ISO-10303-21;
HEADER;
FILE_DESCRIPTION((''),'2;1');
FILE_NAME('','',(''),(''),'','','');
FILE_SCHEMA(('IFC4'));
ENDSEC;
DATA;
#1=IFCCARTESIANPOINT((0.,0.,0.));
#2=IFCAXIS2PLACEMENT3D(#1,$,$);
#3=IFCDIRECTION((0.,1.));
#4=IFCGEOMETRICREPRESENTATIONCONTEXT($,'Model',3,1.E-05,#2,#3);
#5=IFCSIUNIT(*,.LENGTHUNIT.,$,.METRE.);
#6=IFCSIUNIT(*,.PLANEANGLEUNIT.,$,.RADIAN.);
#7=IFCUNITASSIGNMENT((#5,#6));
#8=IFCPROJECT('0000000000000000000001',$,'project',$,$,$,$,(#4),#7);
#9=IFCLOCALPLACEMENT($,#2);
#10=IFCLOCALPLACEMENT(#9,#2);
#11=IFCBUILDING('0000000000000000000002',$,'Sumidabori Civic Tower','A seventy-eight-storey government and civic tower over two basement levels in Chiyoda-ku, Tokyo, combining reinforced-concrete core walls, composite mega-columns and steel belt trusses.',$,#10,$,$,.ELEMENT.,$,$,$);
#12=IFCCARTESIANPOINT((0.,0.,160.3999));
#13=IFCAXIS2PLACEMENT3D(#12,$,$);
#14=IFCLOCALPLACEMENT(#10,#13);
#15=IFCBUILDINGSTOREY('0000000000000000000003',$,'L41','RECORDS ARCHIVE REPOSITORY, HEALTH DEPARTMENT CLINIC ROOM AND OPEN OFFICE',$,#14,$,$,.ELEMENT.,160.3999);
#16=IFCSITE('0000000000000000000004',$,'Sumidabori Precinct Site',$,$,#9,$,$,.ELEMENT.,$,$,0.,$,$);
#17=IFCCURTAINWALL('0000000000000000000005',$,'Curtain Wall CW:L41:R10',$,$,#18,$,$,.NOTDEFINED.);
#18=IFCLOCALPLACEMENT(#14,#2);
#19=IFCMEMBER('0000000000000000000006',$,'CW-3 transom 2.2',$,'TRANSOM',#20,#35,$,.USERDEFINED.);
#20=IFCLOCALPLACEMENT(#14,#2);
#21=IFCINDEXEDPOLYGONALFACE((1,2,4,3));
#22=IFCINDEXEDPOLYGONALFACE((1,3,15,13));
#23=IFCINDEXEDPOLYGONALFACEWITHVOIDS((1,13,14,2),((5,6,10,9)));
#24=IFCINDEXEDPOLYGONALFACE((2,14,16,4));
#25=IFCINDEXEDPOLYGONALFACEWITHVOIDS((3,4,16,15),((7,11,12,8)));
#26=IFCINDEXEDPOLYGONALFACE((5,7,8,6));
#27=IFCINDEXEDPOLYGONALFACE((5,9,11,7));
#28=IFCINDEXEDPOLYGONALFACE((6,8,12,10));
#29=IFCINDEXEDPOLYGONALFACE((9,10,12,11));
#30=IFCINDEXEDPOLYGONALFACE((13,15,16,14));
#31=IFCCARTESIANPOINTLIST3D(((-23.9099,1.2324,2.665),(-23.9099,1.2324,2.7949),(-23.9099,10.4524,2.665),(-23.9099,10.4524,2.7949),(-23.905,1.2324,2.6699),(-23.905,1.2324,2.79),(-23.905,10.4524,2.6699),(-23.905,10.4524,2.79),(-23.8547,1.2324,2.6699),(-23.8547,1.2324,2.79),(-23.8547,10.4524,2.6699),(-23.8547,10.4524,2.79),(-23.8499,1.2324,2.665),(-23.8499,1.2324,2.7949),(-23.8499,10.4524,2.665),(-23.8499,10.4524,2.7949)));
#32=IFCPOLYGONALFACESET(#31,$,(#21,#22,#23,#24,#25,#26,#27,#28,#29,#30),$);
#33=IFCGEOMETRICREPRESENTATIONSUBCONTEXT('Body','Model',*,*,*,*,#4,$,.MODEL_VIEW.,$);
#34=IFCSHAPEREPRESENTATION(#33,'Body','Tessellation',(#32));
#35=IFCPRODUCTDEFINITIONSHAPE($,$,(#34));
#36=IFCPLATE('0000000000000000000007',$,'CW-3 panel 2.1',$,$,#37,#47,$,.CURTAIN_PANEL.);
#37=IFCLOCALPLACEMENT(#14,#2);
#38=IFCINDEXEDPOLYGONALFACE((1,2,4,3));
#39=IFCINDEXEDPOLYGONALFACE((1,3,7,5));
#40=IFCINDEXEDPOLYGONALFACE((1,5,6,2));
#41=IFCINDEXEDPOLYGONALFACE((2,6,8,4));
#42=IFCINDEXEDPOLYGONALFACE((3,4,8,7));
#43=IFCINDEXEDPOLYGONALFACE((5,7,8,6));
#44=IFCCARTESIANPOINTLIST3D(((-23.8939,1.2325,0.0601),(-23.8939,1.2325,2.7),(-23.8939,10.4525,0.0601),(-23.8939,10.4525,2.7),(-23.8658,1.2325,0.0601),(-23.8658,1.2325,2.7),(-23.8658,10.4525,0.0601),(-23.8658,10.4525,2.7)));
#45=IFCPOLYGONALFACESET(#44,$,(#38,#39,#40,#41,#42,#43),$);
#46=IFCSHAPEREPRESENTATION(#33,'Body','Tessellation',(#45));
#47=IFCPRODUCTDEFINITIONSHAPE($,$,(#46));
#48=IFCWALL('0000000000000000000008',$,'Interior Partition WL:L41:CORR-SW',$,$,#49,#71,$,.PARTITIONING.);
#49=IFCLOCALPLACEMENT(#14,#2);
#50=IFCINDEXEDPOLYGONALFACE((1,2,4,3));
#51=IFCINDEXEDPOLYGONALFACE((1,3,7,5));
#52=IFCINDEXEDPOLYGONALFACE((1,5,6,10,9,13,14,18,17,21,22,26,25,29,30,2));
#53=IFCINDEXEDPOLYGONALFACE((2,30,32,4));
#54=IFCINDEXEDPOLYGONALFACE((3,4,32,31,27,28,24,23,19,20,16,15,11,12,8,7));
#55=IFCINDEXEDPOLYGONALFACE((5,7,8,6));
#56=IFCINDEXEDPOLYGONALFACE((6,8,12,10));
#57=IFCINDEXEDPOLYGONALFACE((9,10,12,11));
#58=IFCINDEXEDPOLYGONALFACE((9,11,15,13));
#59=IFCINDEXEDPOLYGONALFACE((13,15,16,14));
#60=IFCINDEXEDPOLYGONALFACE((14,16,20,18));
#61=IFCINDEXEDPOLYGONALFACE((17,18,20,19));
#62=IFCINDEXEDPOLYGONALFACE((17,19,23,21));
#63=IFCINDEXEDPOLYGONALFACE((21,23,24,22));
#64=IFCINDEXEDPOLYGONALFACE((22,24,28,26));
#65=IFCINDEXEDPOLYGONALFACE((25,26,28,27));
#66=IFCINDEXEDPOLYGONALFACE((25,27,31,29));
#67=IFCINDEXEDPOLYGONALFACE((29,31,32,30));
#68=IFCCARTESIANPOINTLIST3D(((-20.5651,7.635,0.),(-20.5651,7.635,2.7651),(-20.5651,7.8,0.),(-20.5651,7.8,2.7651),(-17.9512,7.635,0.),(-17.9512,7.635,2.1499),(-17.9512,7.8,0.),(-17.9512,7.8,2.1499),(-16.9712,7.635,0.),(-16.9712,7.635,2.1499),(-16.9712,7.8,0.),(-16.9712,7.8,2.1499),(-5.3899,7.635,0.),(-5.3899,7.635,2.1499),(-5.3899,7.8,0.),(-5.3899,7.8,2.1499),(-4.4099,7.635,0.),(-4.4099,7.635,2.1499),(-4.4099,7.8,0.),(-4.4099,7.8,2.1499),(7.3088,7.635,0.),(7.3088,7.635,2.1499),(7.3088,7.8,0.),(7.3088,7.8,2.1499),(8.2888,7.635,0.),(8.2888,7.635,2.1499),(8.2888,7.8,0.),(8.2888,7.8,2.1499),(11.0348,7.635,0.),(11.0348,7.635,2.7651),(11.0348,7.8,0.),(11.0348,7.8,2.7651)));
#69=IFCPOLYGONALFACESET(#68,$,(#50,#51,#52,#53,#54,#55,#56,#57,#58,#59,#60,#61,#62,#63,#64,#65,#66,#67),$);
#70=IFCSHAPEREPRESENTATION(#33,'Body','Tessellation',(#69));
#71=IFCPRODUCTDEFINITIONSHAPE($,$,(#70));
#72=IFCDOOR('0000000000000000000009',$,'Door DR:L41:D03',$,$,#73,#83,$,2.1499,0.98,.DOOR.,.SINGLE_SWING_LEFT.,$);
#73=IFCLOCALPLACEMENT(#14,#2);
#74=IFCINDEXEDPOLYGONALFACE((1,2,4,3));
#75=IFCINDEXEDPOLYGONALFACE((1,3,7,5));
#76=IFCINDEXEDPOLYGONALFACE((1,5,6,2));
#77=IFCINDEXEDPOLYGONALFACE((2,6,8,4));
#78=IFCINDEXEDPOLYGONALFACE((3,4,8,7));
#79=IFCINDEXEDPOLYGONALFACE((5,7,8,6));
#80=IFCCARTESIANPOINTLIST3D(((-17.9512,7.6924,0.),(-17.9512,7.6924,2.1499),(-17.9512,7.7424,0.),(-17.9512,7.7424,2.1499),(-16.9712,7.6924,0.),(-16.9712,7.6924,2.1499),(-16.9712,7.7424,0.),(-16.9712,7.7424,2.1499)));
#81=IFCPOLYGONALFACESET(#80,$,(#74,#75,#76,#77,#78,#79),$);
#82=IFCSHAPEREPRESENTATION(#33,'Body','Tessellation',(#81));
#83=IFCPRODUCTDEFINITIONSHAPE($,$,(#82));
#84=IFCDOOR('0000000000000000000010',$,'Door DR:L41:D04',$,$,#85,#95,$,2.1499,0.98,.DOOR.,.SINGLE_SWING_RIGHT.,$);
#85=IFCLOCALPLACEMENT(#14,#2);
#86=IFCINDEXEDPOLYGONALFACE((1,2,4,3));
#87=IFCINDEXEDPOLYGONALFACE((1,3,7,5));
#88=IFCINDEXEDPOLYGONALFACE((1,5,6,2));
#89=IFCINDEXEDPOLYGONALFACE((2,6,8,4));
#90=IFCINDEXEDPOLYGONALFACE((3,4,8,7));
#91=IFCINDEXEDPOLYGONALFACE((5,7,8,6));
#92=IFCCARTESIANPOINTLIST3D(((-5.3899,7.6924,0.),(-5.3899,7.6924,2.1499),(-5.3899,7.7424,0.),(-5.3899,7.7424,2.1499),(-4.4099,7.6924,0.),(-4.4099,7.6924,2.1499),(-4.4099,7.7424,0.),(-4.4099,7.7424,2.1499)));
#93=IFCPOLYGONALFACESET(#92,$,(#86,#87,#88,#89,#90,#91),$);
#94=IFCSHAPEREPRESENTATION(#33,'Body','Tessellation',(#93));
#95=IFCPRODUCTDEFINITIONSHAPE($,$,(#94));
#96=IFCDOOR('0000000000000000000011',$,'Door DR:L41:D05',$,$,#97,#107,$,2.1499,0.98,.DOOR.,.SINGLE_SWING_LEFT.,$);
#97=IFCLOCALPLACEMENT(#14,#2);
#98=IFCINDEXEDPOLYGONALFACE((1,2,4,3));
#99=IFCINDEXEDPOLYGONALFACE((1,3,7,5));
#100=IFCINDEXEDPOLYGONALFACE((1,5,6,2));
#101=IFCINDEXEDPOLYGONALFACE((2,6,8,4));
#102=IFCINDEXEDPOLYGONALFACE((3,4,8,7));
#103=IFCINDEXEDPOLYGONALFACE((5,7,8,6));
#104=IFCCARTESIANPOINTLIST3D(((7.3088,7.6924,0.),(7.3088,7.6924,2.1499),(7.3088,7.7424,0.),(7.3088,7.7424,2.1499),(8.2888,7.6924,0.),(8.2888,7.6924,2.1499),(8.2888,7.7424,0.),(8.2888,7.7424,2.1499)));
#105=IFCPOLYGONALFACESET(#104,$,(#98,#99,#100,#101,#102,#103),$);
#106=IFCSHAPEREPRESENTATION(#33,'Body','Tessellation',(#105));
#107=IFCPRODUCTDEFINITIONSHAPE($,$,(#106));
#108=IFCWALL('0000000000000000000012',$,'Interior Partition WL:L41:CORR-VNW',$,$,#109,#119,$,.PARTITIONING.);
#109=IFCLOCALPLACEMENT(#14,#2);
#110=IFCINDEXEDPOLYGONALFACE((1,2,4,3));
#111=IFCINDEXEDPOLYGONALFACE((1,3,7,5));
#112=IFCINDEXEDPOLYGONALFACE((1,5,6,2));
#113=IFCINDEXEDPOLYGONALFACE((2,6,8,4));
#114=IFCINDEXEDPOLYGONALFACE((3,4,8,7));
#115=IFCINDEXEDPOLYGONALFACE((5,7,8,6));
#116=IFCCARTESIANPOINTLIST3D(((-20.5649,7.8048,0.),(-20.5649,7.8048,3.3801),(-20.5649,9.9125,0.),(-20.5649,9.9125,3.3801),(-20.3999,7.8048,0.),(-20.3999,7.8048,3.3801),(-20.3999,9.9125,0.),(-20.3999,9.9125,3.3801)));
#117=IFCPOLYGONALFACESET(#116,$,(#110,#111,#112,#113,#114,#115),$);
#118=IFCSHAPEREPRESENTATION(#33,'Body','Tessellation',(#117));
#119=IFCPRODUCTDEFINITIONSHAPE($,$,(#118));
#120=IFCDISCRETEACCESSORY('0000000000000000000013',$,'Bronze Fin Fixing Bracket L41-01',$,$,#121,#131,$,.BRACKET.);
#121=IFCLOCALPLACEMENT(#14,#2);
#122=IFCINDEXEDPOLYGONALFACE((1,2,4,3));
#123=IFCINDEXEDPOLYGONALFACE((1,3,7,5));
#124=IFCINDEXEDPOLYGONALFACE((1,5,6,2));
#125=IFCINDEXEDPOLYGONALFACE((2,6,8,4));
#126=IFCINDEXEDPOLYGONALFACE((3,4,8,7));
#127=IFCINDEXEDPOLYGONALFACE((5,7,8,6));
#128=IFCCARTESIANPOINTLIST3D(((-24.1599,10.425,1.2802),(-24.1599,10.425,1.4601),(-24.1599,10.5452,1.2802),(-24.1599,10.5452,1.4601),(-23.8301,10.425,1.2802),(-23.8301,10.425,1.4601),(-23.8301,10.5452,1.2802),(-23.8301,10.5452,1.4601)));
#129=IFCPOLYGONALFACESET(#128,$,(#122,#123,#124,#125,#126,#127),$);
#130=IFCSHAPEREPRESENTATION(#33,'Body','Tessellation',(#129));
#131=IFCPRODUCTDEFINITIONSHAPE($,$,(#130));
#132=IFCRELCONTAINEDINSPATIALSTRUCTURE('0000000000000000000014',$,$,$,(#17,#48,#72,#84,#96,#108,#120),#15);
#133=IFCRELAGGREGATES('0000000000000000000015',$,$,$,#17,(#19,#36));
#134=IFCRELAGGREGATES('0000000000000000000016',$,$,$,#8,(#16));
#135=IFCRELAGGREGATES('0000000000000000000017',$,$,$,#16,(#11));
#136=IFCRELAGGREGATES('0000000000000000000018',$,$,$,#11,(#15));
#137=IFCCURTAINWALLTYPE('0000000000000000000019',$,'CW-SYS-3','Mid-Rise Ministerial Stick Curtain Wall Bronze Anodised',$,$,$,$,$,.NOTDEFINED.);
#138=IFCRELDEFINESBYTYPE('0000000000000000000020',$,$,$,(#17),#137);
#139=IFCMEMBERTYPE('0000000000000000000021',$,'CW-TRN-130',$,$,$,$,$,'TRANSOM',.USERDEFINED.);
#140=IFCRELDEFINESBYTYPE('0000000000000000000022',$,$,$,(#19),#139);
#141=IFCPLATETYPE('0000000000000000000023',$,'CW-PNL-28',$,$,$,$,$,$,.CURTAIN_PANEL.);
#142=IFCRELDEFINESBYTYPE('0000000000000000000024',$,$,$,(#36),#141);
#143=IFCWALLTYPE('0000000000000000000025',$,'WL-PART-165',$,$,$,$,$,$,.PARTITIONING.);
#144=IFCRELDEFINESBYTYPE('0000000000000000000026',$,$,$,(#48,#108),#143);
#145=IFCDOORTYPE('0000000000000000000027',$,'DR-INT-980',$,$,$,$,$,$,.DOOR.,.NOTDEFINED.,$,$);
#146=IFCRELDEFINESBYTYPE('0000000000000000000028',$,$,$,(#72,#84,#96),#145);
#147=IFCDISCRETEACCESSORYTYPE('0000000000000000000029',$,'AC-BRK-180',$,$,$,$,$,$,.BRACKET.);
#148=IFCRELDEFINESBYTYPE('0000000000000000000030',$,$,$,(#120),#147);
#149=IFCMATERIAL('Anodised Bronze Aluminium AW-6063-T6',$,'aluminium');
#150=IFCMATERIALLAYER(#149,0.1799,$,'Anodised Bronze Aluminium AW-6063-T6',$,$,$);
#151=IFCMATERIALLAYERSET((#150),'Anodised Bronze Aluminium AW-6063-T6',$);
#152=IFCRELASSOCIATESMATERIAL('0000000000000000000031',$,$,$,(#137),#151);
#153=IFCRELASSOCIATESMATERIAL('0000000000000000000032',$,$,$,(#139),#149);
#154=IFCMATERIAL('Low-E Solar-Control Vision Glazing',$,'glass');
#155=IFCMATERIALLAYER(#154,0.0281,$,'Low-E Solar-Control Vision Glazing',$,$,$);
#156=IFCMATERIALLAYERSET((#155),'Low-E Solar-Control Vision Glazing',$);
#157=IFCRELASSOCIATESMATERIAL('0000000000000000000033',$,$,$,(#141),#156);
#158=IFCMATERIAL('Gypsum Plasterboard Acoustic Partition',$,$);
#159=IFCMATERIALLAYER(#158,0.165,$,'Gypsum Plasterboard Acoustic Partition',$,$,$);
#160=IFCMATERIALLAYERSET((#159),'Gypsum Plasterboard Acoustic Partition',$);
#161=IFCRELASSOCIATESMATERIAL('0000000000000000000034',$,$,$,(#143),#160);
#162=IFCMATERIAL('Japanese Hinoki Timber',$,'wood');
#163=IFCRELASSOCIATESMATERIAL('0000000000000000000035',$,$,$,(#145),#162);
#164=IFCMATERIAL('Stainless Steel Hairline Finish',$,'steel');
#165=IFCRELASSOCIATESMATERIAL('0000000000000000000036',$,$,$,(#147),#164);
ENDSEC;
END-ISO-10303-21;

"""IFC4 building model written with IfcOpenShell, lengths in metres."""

from ifc_helpers import new_model, si_unit, direction, frame, frame_2d, origin, origin_2d, place, context, subcontext, project, spatial, rectangle, hollow_rectangle, extrude, source, transform, mapped, material, layer, layer_set, material_profile, profile_set, type_object, element, fill, aggregate, save


model = new_model("IFC4")

# Units and contexts
model_context = context("Model", 3, precision=1e-05, world=origin(), true_north=direction((0.0, 1.0)))
body_context = subcontext(model_context, "Body", "Model", "MODEL_VIEW")
ifc_project = project(units=[si_unit("LENGTHUNIT", "METRE"), si_unit("PLANEANGLEUNIT", "RADIAN")], contexts=[model_context])

# Site, building, storey
site_placement = place(None, origin())
site = spatial("IfcSite", under=ifc_project, at=site_placement, Name="Sumidabori Precinct Site", CompositionType="ELEMENT", RefElevation=0.0)
building_placement = place(site_placement, origin())
building = spatial("IfcBuilding", under=site, at=building_placement, Name="Sumidabori Civic Tower", Description="A seventy-eight-storey government and civic tower over two basement levels in Chiyoda-ku, Tokyo, combining reinforced-concrete core walls, composite mega-columns and steel belt trusses.", CompositionType="ELEMENT")
storey_placement = place(building_placement, frame((0.0, 0.0, 160.3999)))
storey = spatial("IfcBuildingStorey", under=building, at=storey_placement, Name="L41", Description="RECORDS ARCHIVE REPOSITORY, HEALTH DEPARTMENT CLINIC ROOM AND OPEN OFFICE", CompositionType="ELEMENT", Elevation=160.3999)

# Curtain wall, member, plate
ifc_material_1 = material(Name="Anodised Bronze Aluminium AW-6063-T6", Category="aluminium")
ifc_layer_1 = layer(ifc_material_1, 0.1799, Name="Anodised Bronze Aluminium AW-6063-T6")
ifc_layer_set_1 = layer_set([ifc_layer_1], Name="Anodised Bronze Aluminium AW-6063-T6")
curtain_wall_type = type_object("IfcCurtainWallType", Name="CW-SYS-3", Description="Mid-Rise Ministerial Stick Curtain Wall Bronze Anodised", PredefinedType="NOTDEFINED", material=ifc_layer_set_1)
curtain_wall_placement = place(storey_placement, origin())
curtain_wall = element("IfcCurtainWall", 1, at=curtain_wall_placement, inside=storey, type_object=curtain_wall_type, Name="Curtain Wall CW:L41:R10", PredefinedType="NOTDEFINED")
ifc_material_profile_1 = material_profile(ifc_material_1, hollow_rectangle(XDim=0.0601, YDim=0.1299, WallThickness=0.0049, at=origin_2d()), Name="ALU TRANSOM 130x60")
ifc_profile_set_1 = profile_set([ifc_material_profile_1], Name="Anodised Bronze Aluminium AW-6063-T6")
member_type_1 = type_object("IfcMemberType", Name="CW-TRN-130", ElementType="TRANSOM", PredefinedType="USERDEFINED", material=ifc_profile_set_1)
shared_shape_1 = source(origin(), body_context, "Body", "SweptSolid", [
    extrude(hollow_rectangle(XDim=0.0601, YDim=0.1299, WallThickness=0.0049, at=origin_2d()), origin(), (0.0, 0.0, 1.0), 9.22),
])
member_1_placement = place(storey_placement, frame((-23.8799, 10.4524, 2.73), z_axis=(0.0, -1.0, 0.0), x_axis=(1.0, 0.0, 0.0)))
member_1 = element("IfcMember", 2, at=member_1_placement, type_object=member_type_1, Name="CW-3 transom 2.2", ObjectType="TRANSOM", PredefinedType="USERDEFINED", context=body_context, shape_type="MappedRepresentation", body=[
    mapped(shared_shape_1, transform((0.0, 0.0, 0.0), x_axis=(1.0, 0.0, 0.0), y_axis=(0.0, 1.0, 0.0), z_axis=(0.0, 0.0, 1.0), scale=1.0)),
])
ifc_material_2 = material(Name="Low-E Solar-Control Vision Glazing", Category="glass")
ifc_layer_2 = layer(ifc_material_2, 0.0281, Name="Low-E Solar-Control Vision Glazing")
ifc_layer_set_2 = layer_set([ifc_layer_2], Name="Low-E Solar-Control Vision Glazing")
plate_type = type_object("IfcPlateType", Name="CW-PNL-28", PredefinedType="CURTAIN_PANEL", material=ifc_layer_set_2)
shared_shape_2 = source(origin(), body_context, "Body", "SweptSolid", [
    extrude(rectangle(XDim=9.22, YDim=0.0281, at=origin_2d()), origin(), (0.0, 0.0, 1.0), 2.6399),
])
plate_placement = place(storey_placement, frame((-23.8799, 5.8425, 0.0601), z_axis=(0.0, 0.0, 1.0), x_axis=(0.0, -1.0, 0.0)))
plate = element("IfcPlate", 3, at=plate_placement, type_object=plate_type, Name="CW-3 panel 2.1", PredefinedType="CURTAIN_PANEL", context=body_context, shape_type="MappedRepresentation", body=[
    mapped(shared_shape_2, transform((0.0, 0.0, 0.0), x_axis=(1.0, 0.0, 0.0), y_axis=(0.0, 1.0, 0.0), z_axis=(0.0, 0.0, 1.0), scale=1.0)),
])
aggregate(curtain_wall, [member_1, plate])

# Shared definitions
ifc_material_3 = material(Name="Gypsum Plasterboard Acoustic Partition")
ifc_layer_3 = layer(ifc_material_3, 0.165, Name="Gypsum Plasterboard Acoustic Partition")
ifc_layer_set_3 = layer_set([ifc_layer_3], Name="Gypsum Plasterboard Acoustic Partition")
wall_type_1 = type_object("IfcWallType", Name="WL-PART-165", PredefinedType="PARTITIONING", material=ifc_layer_set_3)
ifc_material_4 = material(Name="Japanese Hinoki Timber", Category="wood")

# Wall, openings, doors
shared_shape_3 = source(origin(), body_context, "Body", "SweptSolid", [
    extrude(rectangle(XDim=31.5999, YDim=0.165, at=frame_2d((15.7998, 0.0))), origin(), (0.0, 0.0, 1.0), 2.7651),
])
wall_1_placement = place(storey_placement, frame((-20.5649, 7.7175, 0.0), z_axis=(0.0, 0.0, 1.0), x_axis=(1.0, 0.0, 0.0)))
wall_1 = element("IfcWall", 4, at=wall_1_placement, inside=storey, type_object=wall_type_1, Name="Interior Partition WL:L41:CORR-SW", PredefinedType="PARTITIONING", context=body_context, shape_type="MappedRepresentation", body=[
    mapped(shared_shape_3, transform((0.0, 0.0, 0.0), x_axis=(1.0, 0.0, 0.0), y_axis=(0.0, 1.0, 0.0), z_axis=(0.0, 0.0, 1.0), scale=1.0)),
])
opening_1_placement = place(wall_1_placement, frame((2.6138, 0.0, 0.0)))
opening_1 = element("IfcOpeningElement", 5, at=opening_1_placement, cuts=wall_1, PredefinedType="OPENING", context=body_context, shape_type="SweptSolid", body=[
    extrude(rectangle(XDim=0.98, YDim=2.1499, at=frame_2d((0.49, 1.075))), frame((0.0, 0.0945, 0.0), z_axis=(0.0, -1.0, 0.0), x_axis=(1.0, 0.0, 0.0)), (0.0, 0.0, 1.0), 0.189),
])
opening_2_placement = place(wall_1_placement, frame((15.175, 0.0, 0.0)))
opening_2 = element("IfcOpeningElement", 6, at=opening_2_placement, cuts=wall_1, PredefinedType="OPENING", context=body_context, shape_type="SweptSolid", body=[
    extrude(rectangle(XDim=0.98, YDim=2.1499, at=frame_2d((0.49, 1.075))), frame((0.0, 0.0945, 0.0), z_axis=(0.0, -1.0, 0.0), x_axis=(1.0, 0.0, 0.0)), (0.0, 0.0, 1.0), 0.189),
])
opening_3_placement = place(wall_1_placement, frame((27.8738, 0.0, 0.0)))
opening_3 = element("IfcOpeningElement", 7, at=opening_3_placement, cuts=wall_1, PredefinedType="OPENING", context=body_context, shape_type="SweptSolid", body=[
    extrude(rectangle(XDim=0.98, YDim=2.1499, at=frame_2d((0.49, 1.075))), frame((0.0, 0.0945, 0.0), z_axis=(0.0, -1.0, 0.0), x_axis=(1.0, 0.0, 0.0)), (0.0, 0.0, 1.0), 0.189),
])
door_type_1 = type_object("IfcDoorType", Name="DR-INT-980", OperationType="NOTDEFINED", PredefinedType="DOOR", material=ifc_material_4)
shared_shape_4 = source(origin(), body_context, "Body", "SweptSolid", [
    extrude(rectangle(XDim=0.98, YDim=2.1499, at=frame_2d((0.49, 1.075))), frame((0.0, 0.0249, 0.0), z_axis=(0.0, -1.0, 0.0), x_axis=(1.0, 0.0, 0.0)), (0.0, 0.0, 1.0), 0.05),
])
door_1_placement = place(opening_1_placement, origin())
door_1 = element("IfcDoor", 8, at=door_1_placement, inside=storey, type_object=door_type_1, Name="Door DR:L41:D03", OperationType="SINGLE_SWING_LEFT", OverallHeight=2.1499, OverallWidth=0.98, PredefinedType="DOOR", context=body_context, shape_type="MappedRepresentation", body=[
    mapped(shared_shape_4, transform((0.0, 0.0, 0.0), x_axis=(1.0, 0.0, 0.0), y_axis=(0.0, 1.0, 0.0), z_axis=(0.0, 0.0, 1.0), scale=1.0)),
])
fill(opening_1, door_1)
door_2_placement = place(opening_2_placement, origin())
door_2 = element("IfcDoor", 9, at=door_2_placement, inside=storey, type_object=door_type_1, Name="Door DR:L41:D04", OperationType="SINGLE_SWING_RIGHT", OverallHeight=2.1499, OverallWidth=0.98, PredefinedType="DOOR", context=body_context, shape_type="MappedRepresentation", body=[
    mapped(shared_shape_4, transform((0.0, 0.0, 0.0), x_axis=(1.0, 0.0, 0.0), y_axis=(0.0, 1.0, 0.0), z_axis=(0.0, 0.0, 1.0), scale=1.0)),
])
fill(opening_2, door_2)
door_3_placement = place(opening_3_placement, origin())
door_3 = element("IfcDoor", 10, at=door_3_placement, inside=storey, type_object=door_type_1, Name="Door DR:L41:D05", OperationType="SINGLE_SWING_LEFT", OverallHeight=2.1499, OverallWidth=0.98, PredefinedType="DOOR", context=body_context, shape_type="MappedRepresentation", body=[
    mapped(shared_shape_4, transform((0.0, 0.0, 0.0), x_axis=(1.0, 0.0, 0.0), y_axis=(0.0, 1.0, 0.0), z_axis=(0.0, 0.0, 1.0), scale=1.0)),
])
fill(opening_3, door_3)

# Wall
shared_shape_5 = source(origin(), body_context, "Body", "SweptSolid", [
    extrude(rectangle(XDim=2.1077, YDim=0.165, at=frame_2d((1.0537, 0.0))), origin(), (0.0, 0.0, 1.0), 3.3801),
])
wall_2_placement = place(storey_placement, frame((-20.4824, 7.8049, 0.0), z_axis=(0.0, 0.0, 1.0), x_axis=(0.0, 1.0, 0.0)))
element("IfcWall", 11, at=wall_2_placement, inside=storey, type_object=wall_type_1, Name="Interior Partition WL:L41:CORR-VNW", PredefinedType="PARTITIONING", context=body_context, shape_type="MappedRepresentation", body=[
    mapped(shared_shape_5, transform((0.0, 0.0, 0.0), x_axis=(1.0, 0.0, 0.0), y_axis=(0.0, 1.0, 0.0), z_axis=(0.0, 0.0, 1.0), scale=1.0)),
])

# Discrete accessory
ifc_material_5 = material(Name="Stainless Steel Hairline Finish", Category="steel")
ifc_material_profile_2 = material_profile(ifc_material_5, rectangle(XDim=0.1201, YDim=0.1799, at=origin_2d()), Name="STEEL BRACKET 180x120")
ifc_profile_set_2 = profile_set([ifc_material_profile_2], Name="Stainless Steel Hairline Finish")
discrete_accessory_type = type_object("IfcDiscreteAccessoryType", Name="AC-BRK-180", PredefinedType="BRACKET", material=ifc_profile_set_2)
shared_shape_6 = source(origin(), body_context, "Body", "SweptSolid", [
    extrude(rectangle(XDim=0.1201, YDim=0.1799, at=origin_2d()), origin(), (0.0, 0.0, 1.0), 0.3298),
])
discrete_accessory_placement = place(storey_placement, frame((-23.8301, 10.4851, 1.3701), z_axis=(-1.0, 0.0, 0.0), x_axis=(0.0, -1.0, 0.0)))
element("IfcDiscreteAccessory", 12, at=discrete_accessory_placement, inside=storey, type_object=discrete_accessory_type, Name="Bronze Fin Fixing Bracket L41-01", PredefinedType="BRACKET", context=body_context, shape_type="MappedRepresentation", body=[
    mapped(shared_shape_6, transform((0.0, 0.0, 0.0), x_axis=(1.0, 0.0, 0.0), y_axis=(0.0, 1.0, 0.0), z_axis=(0.0, 0.0, 1.0), scale=1.0)),
])

save(model, "model.ifc")
